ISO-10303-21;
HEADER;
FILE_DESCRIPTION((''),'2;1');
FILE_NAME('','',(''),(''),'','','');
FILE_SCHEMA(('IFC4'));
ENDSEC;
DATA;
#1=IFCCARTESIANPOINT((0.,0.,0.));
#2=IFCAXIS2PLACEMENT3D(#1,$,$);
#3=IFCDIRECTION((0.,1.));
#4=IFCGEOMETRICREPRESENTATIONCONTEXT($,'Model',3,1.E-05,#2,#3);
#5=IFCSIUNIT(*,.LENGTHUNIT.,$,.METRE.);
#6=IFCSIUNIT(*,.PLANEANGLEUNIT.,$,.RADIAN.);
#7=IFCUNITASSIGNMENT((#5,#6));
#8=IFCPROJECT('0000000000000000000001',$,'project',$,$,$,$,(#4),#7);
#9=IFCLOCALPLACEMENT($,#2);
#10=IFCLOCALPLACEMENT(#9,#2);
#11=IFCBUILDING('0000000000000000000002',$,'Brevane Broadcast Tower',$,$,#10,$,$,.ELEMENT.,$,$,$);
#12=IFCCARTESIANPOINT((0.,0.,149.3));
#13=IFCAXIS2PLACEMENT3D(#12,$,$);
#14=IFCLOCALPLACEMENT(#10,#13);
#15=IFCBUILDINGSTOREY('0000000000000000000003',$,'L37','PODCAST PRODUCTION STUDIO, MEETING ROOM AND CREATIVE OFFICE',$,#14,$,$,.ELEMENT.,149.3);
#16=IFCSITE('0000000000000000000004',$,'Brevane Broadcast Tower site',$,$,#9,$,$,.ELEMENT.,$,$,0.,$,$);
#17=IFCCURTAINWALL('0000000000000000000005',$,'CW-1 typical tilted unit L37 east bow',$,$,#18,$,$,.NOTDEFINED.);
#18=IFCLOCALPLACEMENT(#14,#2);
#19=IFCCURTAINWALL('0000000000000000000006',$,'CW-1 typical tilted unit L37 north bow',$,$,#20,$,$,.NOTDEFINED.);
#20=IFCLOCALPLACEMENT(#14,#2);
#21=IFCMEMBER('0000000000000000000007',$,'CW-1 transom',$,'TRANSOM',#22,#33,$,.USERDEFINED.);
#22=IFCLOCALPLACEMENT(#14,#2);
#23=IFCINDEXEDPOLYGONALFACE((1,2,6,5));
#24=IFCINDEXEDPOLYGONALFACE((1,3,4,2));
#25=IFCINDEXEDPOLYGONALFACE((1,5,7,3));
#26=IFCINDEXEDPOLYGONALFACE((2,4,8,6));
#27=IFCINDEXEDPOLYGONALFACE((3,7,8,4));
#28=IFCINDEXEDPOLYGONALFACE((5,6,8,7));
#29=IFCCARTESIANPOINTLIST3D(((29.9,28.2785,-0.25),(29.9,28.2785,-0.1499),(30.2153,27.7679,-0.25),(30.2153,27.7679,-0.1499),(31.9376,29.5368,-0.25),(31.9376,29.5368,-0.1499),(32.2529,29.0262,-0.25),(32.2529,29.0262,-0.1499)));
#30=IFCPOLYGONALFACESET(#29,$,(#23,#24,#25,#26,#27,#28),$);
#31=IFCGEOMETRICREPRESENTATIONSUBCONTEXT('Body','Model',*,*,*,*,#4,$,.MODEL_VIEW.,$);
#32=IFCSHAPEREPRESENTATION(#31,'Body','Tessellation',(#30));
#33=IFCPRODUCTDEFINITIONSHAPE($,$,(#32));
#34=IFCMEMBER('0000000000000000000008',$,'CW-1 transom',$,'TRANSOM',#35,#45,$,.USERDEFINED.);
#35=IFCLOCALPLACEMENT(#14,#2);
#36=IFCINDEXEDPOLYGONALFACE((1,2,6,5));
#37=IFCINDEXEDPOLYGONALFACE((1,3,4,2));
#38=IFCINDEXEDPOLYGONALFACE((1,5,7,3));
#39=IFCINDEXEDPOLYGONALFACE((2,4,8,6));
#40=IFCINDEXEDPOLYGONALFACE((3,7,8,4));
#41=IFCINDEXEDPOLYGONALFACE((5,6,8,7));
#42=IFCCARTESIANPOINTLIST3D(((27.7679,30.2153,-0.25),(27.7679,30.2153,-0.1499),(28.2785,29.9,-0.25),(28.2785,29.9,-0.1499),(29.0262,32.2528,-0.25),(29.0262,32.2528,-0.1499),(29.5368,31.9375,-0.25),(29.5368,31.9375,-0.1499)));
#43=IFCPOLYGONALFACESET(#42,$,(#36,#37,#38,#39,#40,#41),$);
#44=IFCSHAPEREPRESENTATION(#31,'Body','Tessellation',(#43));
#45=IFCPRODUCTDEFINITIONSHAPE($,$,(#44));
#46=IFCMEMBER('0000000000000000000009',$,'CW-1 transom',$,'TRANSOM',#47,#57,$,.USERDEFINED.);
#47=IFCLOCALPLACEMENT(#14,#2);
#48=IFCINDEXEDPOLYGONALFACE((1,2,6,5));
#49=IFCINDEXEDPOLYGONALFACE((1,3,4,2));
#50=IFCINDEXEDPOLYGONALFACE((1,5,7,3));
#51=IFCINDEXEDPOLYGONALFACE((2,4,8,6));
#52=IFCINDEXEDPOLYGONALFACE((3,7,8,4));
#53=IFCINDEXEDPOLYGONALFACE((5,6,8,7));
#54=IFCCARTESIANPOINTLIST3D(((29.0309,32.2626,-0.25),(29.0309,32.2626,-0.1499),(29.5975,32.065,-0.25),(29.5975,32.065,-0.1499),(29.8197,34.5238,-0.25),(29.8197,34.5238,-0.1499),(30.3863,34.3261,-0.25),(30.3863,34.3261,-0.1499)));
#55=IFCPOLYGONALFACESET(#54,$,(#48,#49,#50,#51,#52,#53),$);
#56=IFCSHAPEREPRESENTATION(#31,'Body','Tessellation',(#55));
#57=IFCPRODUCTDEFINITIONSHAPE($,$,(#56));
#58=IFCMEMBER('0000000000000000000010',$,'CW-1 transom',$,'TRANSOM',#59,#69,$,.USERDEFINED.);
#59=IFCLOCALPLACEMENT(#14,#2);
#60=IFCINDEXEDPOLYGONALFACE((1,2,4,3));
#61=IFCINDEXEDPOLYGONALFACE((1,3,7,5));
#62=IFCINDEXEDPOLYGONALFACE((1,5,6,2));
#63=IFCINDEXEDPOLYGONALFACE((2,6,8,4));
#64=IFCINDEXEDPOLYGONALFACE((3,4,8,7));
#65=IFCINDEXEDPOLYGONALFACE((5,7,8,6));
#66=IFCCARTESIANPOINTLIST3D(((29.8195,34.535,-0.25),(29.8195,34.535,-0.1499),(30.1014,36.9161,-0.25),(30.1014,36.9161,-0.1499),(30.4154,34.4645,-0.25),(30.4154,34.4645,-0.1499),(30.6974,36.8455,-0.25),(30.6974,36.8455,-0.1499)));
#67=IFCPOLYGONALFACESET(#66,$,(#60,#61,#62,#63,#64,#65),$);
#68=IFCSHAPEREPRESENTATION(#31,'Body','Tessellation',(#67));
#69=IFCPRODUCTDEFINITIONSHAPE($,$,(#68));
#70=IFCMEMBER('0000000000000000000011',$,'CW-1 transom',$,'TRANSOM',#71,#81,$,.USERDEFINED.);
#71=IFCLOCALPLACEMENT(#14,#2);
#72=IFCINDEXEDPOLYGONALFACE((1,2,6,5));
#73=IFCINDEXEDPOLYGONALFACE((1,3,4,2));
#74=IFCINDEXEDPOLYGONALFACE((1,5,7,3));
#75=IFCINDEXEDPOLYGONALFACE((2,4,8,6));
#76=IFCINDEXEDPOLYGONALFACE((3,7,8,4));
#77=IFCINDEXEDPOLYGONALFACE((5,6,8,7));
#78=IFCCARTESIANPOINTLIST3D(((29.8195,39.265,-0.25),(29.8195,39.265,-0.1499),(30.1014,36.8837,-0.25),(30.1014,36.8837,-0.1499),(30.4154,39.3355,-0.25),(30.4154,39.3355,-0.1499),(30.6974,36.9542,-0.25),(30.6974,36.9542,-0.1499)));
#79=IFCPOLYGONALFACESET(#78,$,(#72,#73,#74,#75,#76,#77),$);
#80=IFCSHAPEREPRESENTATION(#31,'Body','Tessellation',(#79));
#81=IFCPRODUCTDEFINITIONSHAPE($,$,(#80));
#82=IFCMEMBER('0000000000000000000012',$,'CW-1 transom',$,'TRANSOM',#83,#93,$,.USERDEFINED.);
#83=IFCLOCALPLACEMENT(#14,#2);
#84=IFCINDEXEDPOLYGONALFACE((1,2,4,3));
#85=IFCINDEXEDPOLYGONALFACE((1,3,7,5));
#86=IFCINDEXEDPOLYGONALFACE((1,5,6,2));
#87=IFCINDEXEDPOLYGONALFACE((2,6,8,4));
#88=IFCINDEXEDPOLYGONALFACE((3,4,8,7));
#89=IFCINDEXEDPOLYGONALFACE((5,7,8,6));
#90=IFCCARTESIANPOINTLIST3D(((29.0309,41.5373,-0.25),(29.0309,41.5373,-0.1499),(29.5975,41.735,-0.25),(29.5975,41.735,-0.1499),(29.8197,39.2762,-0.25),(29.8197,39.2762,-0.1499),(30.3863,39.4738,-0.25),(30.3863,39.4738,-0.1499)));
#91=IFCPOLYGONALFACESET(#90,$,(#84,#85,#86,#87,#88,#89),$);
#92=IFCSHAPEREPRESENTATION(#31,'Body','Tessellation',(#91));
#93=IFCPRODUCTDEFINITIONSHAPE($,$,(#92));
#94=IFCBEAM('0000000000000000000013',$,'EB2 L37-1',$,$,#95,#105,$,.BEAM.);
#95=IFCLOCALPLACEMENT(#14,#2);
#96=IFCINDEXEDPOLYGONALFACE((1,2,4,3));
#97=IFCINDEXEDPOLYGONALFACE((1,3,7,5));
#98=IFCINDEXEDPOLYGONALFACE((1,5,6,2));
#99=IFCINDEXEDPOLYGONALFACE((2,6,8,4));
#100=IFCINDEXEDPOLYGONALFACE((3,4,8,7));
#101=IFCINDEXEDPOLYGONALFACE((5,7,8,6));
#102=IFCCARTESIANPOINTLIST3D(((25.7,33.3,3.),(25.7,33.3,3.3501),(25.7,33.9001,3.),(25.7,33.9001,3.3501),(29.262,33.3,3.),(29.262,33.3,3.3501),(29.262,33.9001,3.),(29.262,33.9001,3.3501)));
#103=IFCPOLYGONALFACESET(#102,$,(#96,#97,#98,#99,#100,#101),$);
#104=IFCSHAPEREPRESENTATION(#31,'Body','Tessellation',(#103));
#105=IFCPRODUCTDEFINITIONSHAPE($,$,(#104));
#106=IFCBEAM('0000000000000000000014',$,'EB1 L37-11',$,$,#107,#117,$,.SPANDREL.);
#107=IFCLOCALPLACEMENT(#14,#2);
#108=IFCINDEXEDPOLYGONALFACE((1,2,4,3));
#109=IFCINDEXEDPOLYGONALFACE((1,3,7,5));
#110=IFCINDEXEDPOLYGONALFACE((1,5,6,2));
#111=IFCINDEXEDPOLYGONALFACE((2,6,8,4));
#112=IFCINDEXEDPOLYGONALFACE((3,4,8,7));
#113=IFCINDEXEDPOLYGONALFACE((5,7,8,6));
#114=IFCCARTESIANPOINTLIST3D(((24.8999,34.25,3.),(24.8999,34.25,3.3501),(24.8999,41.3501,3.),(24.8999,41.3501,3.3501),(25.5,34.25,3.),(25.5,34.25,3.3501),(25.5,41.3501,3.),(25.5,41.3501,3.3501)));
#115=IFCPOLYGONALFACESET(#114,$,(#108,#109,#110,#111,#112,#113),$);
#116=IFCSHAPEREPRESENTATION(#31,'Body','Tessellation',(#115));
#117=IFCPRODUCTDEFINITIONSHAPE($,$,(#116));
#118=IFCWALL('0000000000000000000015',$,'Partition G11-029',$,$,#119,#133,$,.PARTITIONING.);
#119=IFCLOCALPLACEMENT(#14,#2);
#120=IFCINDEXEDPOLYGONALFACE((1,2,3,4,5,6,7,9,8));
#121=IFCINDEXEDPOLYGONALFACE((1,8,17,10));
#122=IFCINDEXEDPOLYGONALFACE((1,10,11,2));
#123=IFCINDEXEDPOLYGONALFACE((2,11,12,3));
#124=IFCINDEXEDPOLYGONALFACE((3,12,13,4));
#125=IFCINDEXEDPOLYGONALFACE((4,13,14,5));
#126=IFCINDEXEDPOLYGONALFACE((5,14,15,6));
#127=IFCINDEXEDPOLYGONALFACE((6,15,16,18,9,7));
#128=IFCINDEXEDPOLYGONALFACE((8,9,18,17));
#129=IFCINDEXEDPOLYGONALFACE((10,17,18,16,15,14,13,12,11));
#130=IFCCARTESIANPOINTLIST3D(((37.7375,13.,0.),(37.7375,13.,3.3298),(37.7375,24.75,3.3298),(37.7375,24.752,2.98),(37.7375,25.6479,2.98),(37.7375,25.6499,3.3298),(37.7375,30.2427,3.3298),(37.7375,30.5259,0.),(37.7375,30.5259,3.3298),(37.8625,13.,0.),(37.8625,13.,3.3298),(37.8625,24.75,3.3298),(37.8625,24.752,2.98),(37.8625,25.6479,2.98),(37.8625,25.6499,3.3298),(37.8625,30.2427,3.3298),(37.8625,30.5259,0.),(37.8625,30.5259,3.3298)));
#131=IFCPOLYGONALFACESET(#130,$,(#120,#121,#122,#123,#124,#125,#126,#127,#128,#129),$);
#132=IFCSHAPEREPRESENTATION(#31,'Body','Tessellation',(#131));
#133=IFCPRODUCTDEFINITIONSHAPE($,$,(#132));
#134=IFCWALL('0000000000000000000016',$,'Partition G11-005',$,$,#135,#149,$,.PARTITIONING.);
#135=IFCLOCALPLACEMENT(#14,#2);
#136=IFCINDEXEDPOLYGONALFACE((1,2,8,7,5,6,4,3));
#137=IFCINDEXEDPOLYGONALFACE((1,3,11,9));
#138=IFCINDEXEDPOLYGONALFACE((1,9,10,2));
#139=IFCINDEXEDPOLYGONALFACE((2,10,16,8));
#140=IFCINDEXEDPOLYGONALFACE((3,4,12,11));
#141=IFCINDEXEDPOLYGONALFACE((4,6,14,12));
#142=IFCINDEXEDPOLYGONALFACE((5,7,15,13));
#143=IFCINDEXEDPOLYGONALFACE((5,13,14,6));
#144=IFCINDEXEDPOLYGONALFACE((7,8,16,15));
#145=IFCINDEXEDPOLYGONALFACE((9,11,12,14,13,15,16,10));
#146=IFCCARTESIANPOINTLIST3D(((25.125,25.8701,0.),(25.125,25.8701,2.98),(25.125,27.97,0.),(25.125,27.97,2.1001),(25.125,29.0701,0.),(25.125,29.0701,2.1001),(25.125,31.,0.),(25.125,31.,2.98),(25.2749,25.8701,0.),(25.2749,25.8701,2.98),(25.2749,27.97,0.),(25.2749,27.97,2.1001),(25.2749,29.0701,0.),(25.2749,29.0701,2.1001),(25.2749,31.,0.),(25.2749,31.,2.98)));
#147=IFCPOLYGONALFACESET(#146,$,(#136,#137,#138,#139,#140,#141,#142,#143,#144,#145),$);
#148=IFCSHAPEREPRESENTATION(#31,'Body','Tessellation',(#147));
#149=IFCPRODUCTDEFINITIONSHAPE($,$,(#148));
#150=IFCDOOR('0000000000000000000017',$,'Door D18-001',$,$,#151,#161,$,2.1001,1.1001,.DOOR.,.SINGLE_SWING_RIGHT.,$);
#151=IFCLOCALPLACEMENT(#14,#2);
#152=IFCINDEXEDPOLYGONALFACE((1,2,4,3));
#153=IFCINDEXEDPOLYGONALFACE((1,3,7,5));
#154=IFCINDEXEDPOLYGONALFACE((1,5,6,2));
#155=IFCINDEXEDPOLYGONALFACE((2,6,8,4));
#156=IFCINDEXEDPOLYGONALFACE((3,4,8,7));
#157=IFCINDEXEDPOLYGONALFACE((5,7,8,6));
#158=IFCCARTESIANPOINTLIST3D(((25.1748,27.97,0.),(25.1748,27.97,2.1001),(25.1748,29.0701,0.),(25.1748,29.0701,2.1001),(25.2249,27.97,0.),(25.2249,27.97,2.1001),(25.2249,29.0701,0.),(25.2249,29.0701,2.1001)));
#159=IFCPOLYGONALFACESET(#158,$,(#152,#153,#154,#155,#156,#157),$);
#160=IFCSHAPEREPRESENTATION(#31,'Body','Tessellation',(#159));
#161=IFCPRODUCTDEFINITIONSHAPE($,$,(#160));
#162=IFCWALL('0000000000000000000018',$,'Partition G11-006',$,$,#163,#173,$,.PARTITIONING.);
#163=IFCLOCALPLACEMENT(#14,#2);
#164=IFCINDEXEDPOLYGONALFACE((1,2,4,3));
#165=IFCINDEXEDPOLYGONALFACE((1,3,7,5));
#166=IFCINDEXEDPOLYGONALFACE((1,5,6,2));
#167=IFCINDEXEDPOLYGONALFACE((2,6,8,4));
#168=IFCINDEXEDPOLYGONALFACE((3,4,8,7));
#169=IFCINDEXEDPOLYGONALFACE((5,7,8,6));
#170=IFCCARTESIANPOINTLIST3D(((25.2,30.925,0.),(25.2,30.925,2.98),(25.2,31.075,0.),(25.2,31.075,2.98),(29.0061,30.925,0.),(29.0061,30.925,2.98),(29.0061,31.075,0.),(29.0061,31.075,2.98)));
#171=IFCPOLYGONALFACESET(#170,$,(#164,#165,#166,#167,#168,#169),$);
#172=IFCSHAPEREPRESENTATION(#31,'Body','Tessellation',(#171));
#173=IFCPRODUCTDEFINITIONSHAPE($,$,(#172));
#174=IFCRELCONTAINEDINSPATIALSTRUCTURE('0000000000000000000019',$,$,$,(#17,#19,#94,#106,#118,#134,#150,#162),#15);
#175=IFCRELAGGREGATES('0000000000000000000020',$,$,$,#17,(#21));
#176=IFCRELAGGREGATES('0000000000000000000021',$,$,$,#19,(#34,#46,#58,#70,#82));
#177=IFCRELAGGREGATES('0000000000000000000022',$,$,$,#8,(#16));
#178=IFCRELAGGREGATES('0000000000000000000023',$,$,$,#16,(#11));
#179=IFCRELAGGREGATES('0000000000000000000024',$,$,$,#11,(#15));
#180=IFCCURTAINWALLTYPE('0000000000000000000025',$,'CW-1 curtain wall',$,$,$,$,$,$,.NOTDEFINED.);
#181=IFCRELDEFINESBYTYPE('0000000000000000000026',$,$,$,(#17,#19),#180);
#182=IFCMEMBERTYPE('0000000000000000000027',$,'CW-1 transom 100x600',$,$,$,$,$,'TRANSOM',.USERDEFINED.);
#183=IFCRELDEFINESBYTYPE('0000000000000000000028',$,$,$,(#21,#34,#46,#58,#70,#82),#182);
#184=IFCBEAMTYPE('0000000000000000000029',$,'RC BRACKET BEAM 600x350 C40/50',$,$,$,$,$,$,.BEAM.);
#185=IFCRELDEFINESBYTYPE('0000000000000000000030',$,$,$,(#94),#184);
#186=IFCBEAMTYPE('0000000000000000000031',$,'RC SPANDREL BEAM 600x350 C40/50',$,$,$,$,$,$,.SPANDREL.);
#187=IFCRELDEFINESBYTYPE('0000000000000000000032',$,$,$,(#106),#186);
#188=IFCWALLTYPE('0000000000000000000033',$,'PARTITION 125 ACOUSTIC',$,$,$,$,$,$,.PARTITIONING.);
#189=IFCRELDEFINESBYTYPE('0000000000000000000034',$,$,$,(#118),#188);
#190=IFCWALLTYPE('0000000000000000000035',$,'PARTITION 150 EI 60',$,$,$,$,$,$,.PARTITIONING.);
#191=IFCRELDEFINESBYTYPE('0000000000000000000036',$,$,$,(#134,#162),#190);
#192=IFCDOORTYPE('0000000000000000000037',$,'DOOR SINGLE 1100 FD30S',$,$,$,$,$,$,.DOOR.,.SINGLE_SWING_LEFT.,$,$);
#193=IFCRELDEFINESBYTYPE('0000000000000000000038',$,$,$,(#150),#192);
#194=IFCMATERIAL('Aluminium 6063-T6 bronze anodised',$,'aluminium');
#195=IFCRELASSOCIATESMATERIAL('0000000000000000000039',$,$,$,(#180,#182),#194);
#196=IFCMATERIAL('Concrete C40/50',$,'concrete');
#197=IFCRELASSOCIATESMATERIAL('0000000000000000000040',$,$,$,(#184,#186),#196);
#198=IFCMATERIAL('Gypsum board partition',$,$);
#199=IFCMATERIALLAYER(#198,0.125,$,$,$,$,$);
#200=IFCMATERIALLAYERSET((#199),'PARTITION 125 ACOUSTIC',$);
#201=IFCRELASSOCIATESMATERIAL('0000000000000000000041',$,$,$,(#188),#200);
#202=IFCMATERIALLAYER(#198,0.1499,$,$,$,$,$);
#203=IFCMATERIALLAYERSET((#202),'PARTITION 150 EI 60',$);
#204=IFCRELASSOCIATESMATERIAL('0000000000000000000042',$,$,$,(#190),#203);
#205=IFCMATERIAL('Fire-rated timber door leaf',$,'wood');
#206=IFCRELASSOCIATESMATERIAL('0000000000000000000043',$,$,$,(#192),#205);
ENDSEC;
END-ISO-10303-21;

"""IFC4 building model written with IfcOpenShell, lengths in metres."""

from ifc_helpers import new_model, si_unit, direction, frame, frame_2d, origin, origin_2d, place, context, subcontext, project, spatial, polyline, rectangle, outline, extrude, material, layer, layer_set, material_profile, profile_set, type_object, element, fill, aggregate, save


model = new_model("IFC4")

# Units and contexts
model_context = context("Model", 3, precision=1e-05, world=origin(), true_north=direction((0.0, 1.0)))
body_context = subcontext(model_context, "Body", "Model", "MODEL_VIEW")
ifc_project = project(units=[si_unit("LENGTHUNIT", "METRE"), si_unit("PLANEANGLEUNIT", "RADIAN")], contexts=[model_context])

# Site, building, storey
site_placement = place(None, origin())
site = spatial("IfcSite", under=ifc_project, at=site_placement, Name="Brevane Broadcast Tower site", CompositionType="ELEMENT", RefElevation=0.0)
building_placement = place(site_placement, origin())
building = spatial("IfcBuilding", under=site, at=building_placement, Name="Brevane Broadcast Tower", CompositionType="ELEMENT")
storey_placement = place(building_placement, frame((0.0, 0.0, 149.3)))
storey = spatial("IfcBuildingStorey", under=building, at=storey_placement, Name="L37", Description="PODCAST PRODUCTION STUDIO, MEETING ROOM AND CREATIVE OFFICE", CompositionType="ELEMENT", Elevation=149.3)

# Curtain walls
ifc_material_1 = material(Name="Aluminium 6063-T6 bronze anodised", Category="aluminium")
curtain_wall_type = type_object("IfcCurtainWallType", Name="CW-1 curtain wall", PredefinedType="NOTDEFINED", material=ifc_material_1)
curtain_wall_1_placement = place(storey_placement, origin())
curtain_wall_1 = element("IfcCurtainWall", 1, at=curtain_wall_1_placement, inside=storey, type_object=curtain_wall_type, Name="CW-1 typical tilted unit L37 east bow", PredefinedType="NOTDEFINED")
curtain_wall_2_placement = place(storey_placement, origin())
curtain_wall_2 = element("IfcCurtainWall", 2, at=curtain_wall_2_placement, inside=storey, type_object=curtain_wall_type, Name="CW-1 typical tilted unit L37 north bow", PredefinedType="NOTDEFINED")

# Members
ifc_material_profile_1 = material_profile(ifc_material_1, rectangle(XDim=0.6001, YDim=0.1001, at=origin_2d()), Name="RECT 100x600")
ifc_profile_set_1 = profile_set([ifc_material_profile_1], Name="Aluminium 6063-T6 bronze anodised")
member_type_1 = type_object("IfcMemberType", Name="CW-1 transom 100x600", ElementType="TRANSOM", PredefinedType="USERDEFINED", material=ifc_profile_set_1)
member_1_placement = place(storey_placement, frame((32.0952, 29.2815, -0.2), z_axis=(-0.850838, -0.525428, 0.0), x_axis=(0.525428, -0.850838, 0.0)))
member_1 = element("IfcMember", 3, at=member_1_placement, type_object=member_type_1, Name="CW-1 transom", ObjectType="TRANSOM", PredefinedType="USERDEFINED", context=body_context, shape_type="SweptSolid", body=[
    extrude(rectangle(XDim=0.6001, YDim=0.1001, at=origin_2d()), origin(), (0.0, 0.0, 1.0), 2.3948),
])
aggregate(curtain_wall_1, [member_1])
member_2_placement = place(storey_placement, frame((28.0232, 30.0576, -0.2), z_axis=(0.525428, 0.850838, 0.0), x_axis=(-0.850838, 0.525428, 0.0)))
member_2 = element("IfcMember", 4, at=member_2_placement, type_object=member_type_1, Name="CW-1 transom", ObjectType="TRANSOM", PredefinedType="USERDEFINED", context=body_context, shape_type="SweptSolid", body=[
    extrude(rectangle(XDim=0.6001, YDim=0.1001, at=origin_2d()), origin(), (0.0, 0.0, 1.0), 2.3948),
])
member_3_placement = place(storey_placement, frame((29.3142, 32.1638, -0.2), z_axis=(0.329378, 0.944198, 0.0), x_axis=(-0.944198, 0.329378, 0.0)))
member_3 = element("IfcMember", 5, at=member_3_placement, type_object=member_type_1, Name="CW-1 transom", ObjectType="TRANSOM", PredefinedType="USERDEFINED", context=body_context, shape_type="SweptSolid", body=[
    extrude(rectangle(XDim=0.6001, YDim=0.1001, at=origin_2d()), origin(), (0.0, 0.0, 1.0), 2.3948),
])
member_4_placement = place(storey_placement, frame((30.1174, 34.4998, -0.2), z_axis=(0.117603, 0.993061, 0.0), x_axis=(-0.993061, 0.117603, 0.0)))
member_4 = element("IfcMember", 6, at=member_4_placement, type_object=member_type_1, Name="CW-1 transom", ObjectType="TRANSOM", PredefinedType="USERDEFINED", context=body_context, shape_type="SweptSolid", body=[
    extrude(rectangle(XDim=0.6001, YDim=0.1001, at=origin_2d()), origin(), (0.0, 0.0, 1.0), 2.3977),
])
member_5_placement = place(storey_placement, frame((30.3994, 36.9189, -0.2), z_axis=(-0.117591, 0.993062, 0.0), x_axis=(-0.993062, -0.117591, 0.0)))
member_5 = element("IfcMember", 7, at=member_5_placement, type_object=member_type_1, Name="CW-1 transom", ObjectType="TRANSOM", PredefinedType="USERDEFINED", context=body_context, shape_type="SweptSolid", body=[
    extrude(rectangle(XDim=0.6001, YDim=0.1001, at=origin_2d()), origin(), (0.0, 0.0, 1.0), 2.3979),
])
member_6_placement = place(storey_placement, frame((30.103, 39.375, -0.2), z_axis=(-0.329378, 0.944198, 0.0), x_axis=(-0.944198, -0.329378, 0.0)))
member_6 = element("IfcMember", 8, at=member_6_placement, type_object=member_type_1, Name="CW-1 transom", ObjectType="TRANSOM", PredefinedType="USERDEFINED", context=body_context, shape_type="SweptSolid", body=[
    extrude(rectangle(XDim=0.6001, YDim=0.1001, at=origin_2d()), origin(), (0.0, 0.0, 1.0), 2.3948),
])
aggregate(curtain_wall_2, [member_2, member_3, member_4, member_5, member_6])

# Beams
ifc_material_2 = material(Name="Concrete C40/50", Category="concrete")
ifc_material_profile_2 = material_profile(ifc_material_2, rectangle(XDim=0.6001, YDim=0.3501, at=origin_2d()), Name="RC 600x350")
ifc_profile_set_2 = profile_set([ifc_material_profile_2], Name="Concrete C40/50")
beam_type_1 = type_object("IfcBeamType", Name="RC BRACKET BEAM 600x350 C40/50", PredefinedType="BEAM", material=ifc_profile_set_2)
beam_1_placement = place(storey_placement, frame((25.7, 33.6001, 3.175), z_axis=(1.0, 0.0, 0.0), x_axis=(0.0, 1.0, 0.0)))
element("IfcBeam", 9, at=beam_1_placement, inside=storey, type_object=beam_type_1, Name="EB2 L37-1", PredefinedType="BEAM", context=body_context, shape_type="SweptSolid", body=[
    extrude(rectangle(XDim=0.6001, YDim=0.3501, at=origin_2d()), origin(), (0.0, 0.0, 1.0), 3.562),
])
ifc_material_profile_3 = material_profile(ifc_material_2, rectangle(XDim=0.6001, YDim=0.3501, at=origin_2d()), Name="RC 600x350")
ifc_profile_set_3 = profile_set([ifc_material_profile_3], Name="Concrete C40/50")
beam_type_2 = type_object("IfcBeamType", Name="RC SPANDREL BEAM 600x350 C40/50", PredefinedType="SPANDREL", material=ifc_profile_set_3)
beam_2_placement = place(storey_placement, frame((25.2, 34.25, 3.175), z_axis=(0.0, 1.0, 0.0), x_axis=(-1.0, 0.0, 0.0)))
element("IfcBeam", 10, at=beam_2_placement, inside=storey, type_object=beam_type_2, Name="EB1 L37-11", PredefinedType="SPANDREL", context=body_context, shape_type="SweptSolid", body=[
    extrude(rectangle(XDim=0.6001, YDim=0.3501, at=origin_2d()), origin(), (0.0, 0.0, 1.0), 7.1001),
])

# Wall
ifc_material_3 = material(Name="Gypsum board partition")
ifc_layer_1 = layer(ifc_material_3, 0.125)
ifc_layer_set_1 = layer_set([ifc_layer_1], Name="PARTITION 125 ACOUSTIC")
wall_type_1 = type_object("IfcWallType", Name="PARTITION 125 ACOUSTIC", PredefinedType="PARTITIONING", material=ifc_layer_set_1)
wall_1_placement = place(storey_placement, frame((37.8, 30.5259, 0.0), z_axis=(0.0, 0.0, 1.0), x_axis=(0.0, -1.0, 0.0)))
element("IfcWall", 11, at=wall_1_placement, inside=storey, type_object=wall_type_1, Name="Partition G11-029", PredefinedType="PARTITIONING", context=body_context, shape_type="SweptSolid", body=[
    extrude(outline(polyline([(0.0, 0.0), (17.5259, 0.0), (17.5259, 3.3298), (5.7759, 3.3298), (5.7739, 2.98), (4.8779, 2.98), (4.876, 3.3298), (0.2832, 3.3298), (0.0, 3.3298), (0.0, 0.0)])), frame((0.0, 0.0625, 0.0), z_axis=(0.0, -1.0, 0.0), x_axis=(1.0, 0.0, 0.0)), (0.0, 0.0, 1.0), 0.125),
])

# Wall, opening, door
ifc_layer_2 = layer(ifc_material_3, 0.1499)
ifc_layer_set_2 = layer_set([ifc_layer_2], Name="PARTITION 150 EI 60")
wall_type_2 = type_object("IfcWallType", Name="PARTITION 150 EI 60", PredefinedType="PARTITIONING", material=ifc_layer_set_2)
wall_2_placement = place(storey_placement, frame((25.2, 31.0, 0.0), z_axis=(0.0, 0.0, 1.0), x_axis=(0.0, -1.0, 0.0)))
wall_2 = element("IfcWall", 12, at=wall_2_placement, inside=storey, type_object=wall_type_2, Name="Partition G11-005", PredefinedType="PARTITIONING", context=body_context, shape_type="SweptSolid", body=[
    extrude(outline(polyline([(0.0, 0.0), (5.1299, 0.0), (5.1299, 2.98), (0.0, 2.98), (0.0, 0.0)])), frame((0.0, 0.075, 0.0), z_axis=(0.0, -1.0, 0.0), x_axis=(1.0, 0.0, 0.0)), (0.0, 0.0, 1.0), 0.1499),
])
opening_placement = place(wall_2_placement, frame((1.9299, 0.0, 0.0)))
opening = element("IfcOpeningElement", 13, at=opening_placement, cuts=wall_2, PredefinedType="OPENING", context=body_context, shape_type="SweptSolid", body=[
    extrude(rectangle(XDim=1.1001, YDim=2.1001, at=frame_2d((0.55, 1.05))), frame((0.0, 0.085, 0.0), z_axis=(0.0, -1.0, 0.0), x_axis=(1.0, 0.0, 0.0)), (0.0, 0.0, 1.0), 0.1699),
])
ifc_material_4 = material(Name="Fire-rated timber door leaf", Category="wood")
door_type = type_object("IfcDoorType", Name="DOOR SINGLE 1100 FD30S", OperationType="SINGLE_SWING_LEFT", PredefinedType="DOOR", material=ifc_material_4)
door_placement = place(opening_placement, origin())
door = element("IfcDoor", 14, at=door_placement, inside=storey, type_object=door_type, Name="Door D18-001", OperationType="SINGLE_SWING_RIGHT", OverallHeight=2.1001, OverallWidth=1.1001, PredefinedType="DOOR", context=body_context, shape_type="SweptSolid", body=[
    extrude(rectangle(XDim=1.1001, YDim=2.1001, at=frame_2d((0.55, 1.05))), frame((0.0, 0.0249, 0.0), z_axis=(0.0, -1.0, 0.0), x_axis=(1.0, 0.0, 0.0)), (0.0, 0.0, 1.0), 0.05),
])
fill(opening, door)

# Wall
wall_3_placement = place(storey_placement, frame((25.2, 31.0, 0.0), z_axis=(0.0, 0.0, 1.0), x_axis=(1.0, 0.0, 0.0)))
element("IfcWall", 15, at=wall_3_placement, inside=storey, type_object=wall_type_2, Name="Partition G11-006", PredefinedType="PARTITIONING", context=body_context, shape_type="SweptSolid", body=[
    extrude(rectangle(XDim=3.8062, YDim=0.1499, at=frame_2d((1.9031, 0.0))), origin(), (0.0, 0.0, 1.0), 2.98),
])

save(model, "model.ifc")
